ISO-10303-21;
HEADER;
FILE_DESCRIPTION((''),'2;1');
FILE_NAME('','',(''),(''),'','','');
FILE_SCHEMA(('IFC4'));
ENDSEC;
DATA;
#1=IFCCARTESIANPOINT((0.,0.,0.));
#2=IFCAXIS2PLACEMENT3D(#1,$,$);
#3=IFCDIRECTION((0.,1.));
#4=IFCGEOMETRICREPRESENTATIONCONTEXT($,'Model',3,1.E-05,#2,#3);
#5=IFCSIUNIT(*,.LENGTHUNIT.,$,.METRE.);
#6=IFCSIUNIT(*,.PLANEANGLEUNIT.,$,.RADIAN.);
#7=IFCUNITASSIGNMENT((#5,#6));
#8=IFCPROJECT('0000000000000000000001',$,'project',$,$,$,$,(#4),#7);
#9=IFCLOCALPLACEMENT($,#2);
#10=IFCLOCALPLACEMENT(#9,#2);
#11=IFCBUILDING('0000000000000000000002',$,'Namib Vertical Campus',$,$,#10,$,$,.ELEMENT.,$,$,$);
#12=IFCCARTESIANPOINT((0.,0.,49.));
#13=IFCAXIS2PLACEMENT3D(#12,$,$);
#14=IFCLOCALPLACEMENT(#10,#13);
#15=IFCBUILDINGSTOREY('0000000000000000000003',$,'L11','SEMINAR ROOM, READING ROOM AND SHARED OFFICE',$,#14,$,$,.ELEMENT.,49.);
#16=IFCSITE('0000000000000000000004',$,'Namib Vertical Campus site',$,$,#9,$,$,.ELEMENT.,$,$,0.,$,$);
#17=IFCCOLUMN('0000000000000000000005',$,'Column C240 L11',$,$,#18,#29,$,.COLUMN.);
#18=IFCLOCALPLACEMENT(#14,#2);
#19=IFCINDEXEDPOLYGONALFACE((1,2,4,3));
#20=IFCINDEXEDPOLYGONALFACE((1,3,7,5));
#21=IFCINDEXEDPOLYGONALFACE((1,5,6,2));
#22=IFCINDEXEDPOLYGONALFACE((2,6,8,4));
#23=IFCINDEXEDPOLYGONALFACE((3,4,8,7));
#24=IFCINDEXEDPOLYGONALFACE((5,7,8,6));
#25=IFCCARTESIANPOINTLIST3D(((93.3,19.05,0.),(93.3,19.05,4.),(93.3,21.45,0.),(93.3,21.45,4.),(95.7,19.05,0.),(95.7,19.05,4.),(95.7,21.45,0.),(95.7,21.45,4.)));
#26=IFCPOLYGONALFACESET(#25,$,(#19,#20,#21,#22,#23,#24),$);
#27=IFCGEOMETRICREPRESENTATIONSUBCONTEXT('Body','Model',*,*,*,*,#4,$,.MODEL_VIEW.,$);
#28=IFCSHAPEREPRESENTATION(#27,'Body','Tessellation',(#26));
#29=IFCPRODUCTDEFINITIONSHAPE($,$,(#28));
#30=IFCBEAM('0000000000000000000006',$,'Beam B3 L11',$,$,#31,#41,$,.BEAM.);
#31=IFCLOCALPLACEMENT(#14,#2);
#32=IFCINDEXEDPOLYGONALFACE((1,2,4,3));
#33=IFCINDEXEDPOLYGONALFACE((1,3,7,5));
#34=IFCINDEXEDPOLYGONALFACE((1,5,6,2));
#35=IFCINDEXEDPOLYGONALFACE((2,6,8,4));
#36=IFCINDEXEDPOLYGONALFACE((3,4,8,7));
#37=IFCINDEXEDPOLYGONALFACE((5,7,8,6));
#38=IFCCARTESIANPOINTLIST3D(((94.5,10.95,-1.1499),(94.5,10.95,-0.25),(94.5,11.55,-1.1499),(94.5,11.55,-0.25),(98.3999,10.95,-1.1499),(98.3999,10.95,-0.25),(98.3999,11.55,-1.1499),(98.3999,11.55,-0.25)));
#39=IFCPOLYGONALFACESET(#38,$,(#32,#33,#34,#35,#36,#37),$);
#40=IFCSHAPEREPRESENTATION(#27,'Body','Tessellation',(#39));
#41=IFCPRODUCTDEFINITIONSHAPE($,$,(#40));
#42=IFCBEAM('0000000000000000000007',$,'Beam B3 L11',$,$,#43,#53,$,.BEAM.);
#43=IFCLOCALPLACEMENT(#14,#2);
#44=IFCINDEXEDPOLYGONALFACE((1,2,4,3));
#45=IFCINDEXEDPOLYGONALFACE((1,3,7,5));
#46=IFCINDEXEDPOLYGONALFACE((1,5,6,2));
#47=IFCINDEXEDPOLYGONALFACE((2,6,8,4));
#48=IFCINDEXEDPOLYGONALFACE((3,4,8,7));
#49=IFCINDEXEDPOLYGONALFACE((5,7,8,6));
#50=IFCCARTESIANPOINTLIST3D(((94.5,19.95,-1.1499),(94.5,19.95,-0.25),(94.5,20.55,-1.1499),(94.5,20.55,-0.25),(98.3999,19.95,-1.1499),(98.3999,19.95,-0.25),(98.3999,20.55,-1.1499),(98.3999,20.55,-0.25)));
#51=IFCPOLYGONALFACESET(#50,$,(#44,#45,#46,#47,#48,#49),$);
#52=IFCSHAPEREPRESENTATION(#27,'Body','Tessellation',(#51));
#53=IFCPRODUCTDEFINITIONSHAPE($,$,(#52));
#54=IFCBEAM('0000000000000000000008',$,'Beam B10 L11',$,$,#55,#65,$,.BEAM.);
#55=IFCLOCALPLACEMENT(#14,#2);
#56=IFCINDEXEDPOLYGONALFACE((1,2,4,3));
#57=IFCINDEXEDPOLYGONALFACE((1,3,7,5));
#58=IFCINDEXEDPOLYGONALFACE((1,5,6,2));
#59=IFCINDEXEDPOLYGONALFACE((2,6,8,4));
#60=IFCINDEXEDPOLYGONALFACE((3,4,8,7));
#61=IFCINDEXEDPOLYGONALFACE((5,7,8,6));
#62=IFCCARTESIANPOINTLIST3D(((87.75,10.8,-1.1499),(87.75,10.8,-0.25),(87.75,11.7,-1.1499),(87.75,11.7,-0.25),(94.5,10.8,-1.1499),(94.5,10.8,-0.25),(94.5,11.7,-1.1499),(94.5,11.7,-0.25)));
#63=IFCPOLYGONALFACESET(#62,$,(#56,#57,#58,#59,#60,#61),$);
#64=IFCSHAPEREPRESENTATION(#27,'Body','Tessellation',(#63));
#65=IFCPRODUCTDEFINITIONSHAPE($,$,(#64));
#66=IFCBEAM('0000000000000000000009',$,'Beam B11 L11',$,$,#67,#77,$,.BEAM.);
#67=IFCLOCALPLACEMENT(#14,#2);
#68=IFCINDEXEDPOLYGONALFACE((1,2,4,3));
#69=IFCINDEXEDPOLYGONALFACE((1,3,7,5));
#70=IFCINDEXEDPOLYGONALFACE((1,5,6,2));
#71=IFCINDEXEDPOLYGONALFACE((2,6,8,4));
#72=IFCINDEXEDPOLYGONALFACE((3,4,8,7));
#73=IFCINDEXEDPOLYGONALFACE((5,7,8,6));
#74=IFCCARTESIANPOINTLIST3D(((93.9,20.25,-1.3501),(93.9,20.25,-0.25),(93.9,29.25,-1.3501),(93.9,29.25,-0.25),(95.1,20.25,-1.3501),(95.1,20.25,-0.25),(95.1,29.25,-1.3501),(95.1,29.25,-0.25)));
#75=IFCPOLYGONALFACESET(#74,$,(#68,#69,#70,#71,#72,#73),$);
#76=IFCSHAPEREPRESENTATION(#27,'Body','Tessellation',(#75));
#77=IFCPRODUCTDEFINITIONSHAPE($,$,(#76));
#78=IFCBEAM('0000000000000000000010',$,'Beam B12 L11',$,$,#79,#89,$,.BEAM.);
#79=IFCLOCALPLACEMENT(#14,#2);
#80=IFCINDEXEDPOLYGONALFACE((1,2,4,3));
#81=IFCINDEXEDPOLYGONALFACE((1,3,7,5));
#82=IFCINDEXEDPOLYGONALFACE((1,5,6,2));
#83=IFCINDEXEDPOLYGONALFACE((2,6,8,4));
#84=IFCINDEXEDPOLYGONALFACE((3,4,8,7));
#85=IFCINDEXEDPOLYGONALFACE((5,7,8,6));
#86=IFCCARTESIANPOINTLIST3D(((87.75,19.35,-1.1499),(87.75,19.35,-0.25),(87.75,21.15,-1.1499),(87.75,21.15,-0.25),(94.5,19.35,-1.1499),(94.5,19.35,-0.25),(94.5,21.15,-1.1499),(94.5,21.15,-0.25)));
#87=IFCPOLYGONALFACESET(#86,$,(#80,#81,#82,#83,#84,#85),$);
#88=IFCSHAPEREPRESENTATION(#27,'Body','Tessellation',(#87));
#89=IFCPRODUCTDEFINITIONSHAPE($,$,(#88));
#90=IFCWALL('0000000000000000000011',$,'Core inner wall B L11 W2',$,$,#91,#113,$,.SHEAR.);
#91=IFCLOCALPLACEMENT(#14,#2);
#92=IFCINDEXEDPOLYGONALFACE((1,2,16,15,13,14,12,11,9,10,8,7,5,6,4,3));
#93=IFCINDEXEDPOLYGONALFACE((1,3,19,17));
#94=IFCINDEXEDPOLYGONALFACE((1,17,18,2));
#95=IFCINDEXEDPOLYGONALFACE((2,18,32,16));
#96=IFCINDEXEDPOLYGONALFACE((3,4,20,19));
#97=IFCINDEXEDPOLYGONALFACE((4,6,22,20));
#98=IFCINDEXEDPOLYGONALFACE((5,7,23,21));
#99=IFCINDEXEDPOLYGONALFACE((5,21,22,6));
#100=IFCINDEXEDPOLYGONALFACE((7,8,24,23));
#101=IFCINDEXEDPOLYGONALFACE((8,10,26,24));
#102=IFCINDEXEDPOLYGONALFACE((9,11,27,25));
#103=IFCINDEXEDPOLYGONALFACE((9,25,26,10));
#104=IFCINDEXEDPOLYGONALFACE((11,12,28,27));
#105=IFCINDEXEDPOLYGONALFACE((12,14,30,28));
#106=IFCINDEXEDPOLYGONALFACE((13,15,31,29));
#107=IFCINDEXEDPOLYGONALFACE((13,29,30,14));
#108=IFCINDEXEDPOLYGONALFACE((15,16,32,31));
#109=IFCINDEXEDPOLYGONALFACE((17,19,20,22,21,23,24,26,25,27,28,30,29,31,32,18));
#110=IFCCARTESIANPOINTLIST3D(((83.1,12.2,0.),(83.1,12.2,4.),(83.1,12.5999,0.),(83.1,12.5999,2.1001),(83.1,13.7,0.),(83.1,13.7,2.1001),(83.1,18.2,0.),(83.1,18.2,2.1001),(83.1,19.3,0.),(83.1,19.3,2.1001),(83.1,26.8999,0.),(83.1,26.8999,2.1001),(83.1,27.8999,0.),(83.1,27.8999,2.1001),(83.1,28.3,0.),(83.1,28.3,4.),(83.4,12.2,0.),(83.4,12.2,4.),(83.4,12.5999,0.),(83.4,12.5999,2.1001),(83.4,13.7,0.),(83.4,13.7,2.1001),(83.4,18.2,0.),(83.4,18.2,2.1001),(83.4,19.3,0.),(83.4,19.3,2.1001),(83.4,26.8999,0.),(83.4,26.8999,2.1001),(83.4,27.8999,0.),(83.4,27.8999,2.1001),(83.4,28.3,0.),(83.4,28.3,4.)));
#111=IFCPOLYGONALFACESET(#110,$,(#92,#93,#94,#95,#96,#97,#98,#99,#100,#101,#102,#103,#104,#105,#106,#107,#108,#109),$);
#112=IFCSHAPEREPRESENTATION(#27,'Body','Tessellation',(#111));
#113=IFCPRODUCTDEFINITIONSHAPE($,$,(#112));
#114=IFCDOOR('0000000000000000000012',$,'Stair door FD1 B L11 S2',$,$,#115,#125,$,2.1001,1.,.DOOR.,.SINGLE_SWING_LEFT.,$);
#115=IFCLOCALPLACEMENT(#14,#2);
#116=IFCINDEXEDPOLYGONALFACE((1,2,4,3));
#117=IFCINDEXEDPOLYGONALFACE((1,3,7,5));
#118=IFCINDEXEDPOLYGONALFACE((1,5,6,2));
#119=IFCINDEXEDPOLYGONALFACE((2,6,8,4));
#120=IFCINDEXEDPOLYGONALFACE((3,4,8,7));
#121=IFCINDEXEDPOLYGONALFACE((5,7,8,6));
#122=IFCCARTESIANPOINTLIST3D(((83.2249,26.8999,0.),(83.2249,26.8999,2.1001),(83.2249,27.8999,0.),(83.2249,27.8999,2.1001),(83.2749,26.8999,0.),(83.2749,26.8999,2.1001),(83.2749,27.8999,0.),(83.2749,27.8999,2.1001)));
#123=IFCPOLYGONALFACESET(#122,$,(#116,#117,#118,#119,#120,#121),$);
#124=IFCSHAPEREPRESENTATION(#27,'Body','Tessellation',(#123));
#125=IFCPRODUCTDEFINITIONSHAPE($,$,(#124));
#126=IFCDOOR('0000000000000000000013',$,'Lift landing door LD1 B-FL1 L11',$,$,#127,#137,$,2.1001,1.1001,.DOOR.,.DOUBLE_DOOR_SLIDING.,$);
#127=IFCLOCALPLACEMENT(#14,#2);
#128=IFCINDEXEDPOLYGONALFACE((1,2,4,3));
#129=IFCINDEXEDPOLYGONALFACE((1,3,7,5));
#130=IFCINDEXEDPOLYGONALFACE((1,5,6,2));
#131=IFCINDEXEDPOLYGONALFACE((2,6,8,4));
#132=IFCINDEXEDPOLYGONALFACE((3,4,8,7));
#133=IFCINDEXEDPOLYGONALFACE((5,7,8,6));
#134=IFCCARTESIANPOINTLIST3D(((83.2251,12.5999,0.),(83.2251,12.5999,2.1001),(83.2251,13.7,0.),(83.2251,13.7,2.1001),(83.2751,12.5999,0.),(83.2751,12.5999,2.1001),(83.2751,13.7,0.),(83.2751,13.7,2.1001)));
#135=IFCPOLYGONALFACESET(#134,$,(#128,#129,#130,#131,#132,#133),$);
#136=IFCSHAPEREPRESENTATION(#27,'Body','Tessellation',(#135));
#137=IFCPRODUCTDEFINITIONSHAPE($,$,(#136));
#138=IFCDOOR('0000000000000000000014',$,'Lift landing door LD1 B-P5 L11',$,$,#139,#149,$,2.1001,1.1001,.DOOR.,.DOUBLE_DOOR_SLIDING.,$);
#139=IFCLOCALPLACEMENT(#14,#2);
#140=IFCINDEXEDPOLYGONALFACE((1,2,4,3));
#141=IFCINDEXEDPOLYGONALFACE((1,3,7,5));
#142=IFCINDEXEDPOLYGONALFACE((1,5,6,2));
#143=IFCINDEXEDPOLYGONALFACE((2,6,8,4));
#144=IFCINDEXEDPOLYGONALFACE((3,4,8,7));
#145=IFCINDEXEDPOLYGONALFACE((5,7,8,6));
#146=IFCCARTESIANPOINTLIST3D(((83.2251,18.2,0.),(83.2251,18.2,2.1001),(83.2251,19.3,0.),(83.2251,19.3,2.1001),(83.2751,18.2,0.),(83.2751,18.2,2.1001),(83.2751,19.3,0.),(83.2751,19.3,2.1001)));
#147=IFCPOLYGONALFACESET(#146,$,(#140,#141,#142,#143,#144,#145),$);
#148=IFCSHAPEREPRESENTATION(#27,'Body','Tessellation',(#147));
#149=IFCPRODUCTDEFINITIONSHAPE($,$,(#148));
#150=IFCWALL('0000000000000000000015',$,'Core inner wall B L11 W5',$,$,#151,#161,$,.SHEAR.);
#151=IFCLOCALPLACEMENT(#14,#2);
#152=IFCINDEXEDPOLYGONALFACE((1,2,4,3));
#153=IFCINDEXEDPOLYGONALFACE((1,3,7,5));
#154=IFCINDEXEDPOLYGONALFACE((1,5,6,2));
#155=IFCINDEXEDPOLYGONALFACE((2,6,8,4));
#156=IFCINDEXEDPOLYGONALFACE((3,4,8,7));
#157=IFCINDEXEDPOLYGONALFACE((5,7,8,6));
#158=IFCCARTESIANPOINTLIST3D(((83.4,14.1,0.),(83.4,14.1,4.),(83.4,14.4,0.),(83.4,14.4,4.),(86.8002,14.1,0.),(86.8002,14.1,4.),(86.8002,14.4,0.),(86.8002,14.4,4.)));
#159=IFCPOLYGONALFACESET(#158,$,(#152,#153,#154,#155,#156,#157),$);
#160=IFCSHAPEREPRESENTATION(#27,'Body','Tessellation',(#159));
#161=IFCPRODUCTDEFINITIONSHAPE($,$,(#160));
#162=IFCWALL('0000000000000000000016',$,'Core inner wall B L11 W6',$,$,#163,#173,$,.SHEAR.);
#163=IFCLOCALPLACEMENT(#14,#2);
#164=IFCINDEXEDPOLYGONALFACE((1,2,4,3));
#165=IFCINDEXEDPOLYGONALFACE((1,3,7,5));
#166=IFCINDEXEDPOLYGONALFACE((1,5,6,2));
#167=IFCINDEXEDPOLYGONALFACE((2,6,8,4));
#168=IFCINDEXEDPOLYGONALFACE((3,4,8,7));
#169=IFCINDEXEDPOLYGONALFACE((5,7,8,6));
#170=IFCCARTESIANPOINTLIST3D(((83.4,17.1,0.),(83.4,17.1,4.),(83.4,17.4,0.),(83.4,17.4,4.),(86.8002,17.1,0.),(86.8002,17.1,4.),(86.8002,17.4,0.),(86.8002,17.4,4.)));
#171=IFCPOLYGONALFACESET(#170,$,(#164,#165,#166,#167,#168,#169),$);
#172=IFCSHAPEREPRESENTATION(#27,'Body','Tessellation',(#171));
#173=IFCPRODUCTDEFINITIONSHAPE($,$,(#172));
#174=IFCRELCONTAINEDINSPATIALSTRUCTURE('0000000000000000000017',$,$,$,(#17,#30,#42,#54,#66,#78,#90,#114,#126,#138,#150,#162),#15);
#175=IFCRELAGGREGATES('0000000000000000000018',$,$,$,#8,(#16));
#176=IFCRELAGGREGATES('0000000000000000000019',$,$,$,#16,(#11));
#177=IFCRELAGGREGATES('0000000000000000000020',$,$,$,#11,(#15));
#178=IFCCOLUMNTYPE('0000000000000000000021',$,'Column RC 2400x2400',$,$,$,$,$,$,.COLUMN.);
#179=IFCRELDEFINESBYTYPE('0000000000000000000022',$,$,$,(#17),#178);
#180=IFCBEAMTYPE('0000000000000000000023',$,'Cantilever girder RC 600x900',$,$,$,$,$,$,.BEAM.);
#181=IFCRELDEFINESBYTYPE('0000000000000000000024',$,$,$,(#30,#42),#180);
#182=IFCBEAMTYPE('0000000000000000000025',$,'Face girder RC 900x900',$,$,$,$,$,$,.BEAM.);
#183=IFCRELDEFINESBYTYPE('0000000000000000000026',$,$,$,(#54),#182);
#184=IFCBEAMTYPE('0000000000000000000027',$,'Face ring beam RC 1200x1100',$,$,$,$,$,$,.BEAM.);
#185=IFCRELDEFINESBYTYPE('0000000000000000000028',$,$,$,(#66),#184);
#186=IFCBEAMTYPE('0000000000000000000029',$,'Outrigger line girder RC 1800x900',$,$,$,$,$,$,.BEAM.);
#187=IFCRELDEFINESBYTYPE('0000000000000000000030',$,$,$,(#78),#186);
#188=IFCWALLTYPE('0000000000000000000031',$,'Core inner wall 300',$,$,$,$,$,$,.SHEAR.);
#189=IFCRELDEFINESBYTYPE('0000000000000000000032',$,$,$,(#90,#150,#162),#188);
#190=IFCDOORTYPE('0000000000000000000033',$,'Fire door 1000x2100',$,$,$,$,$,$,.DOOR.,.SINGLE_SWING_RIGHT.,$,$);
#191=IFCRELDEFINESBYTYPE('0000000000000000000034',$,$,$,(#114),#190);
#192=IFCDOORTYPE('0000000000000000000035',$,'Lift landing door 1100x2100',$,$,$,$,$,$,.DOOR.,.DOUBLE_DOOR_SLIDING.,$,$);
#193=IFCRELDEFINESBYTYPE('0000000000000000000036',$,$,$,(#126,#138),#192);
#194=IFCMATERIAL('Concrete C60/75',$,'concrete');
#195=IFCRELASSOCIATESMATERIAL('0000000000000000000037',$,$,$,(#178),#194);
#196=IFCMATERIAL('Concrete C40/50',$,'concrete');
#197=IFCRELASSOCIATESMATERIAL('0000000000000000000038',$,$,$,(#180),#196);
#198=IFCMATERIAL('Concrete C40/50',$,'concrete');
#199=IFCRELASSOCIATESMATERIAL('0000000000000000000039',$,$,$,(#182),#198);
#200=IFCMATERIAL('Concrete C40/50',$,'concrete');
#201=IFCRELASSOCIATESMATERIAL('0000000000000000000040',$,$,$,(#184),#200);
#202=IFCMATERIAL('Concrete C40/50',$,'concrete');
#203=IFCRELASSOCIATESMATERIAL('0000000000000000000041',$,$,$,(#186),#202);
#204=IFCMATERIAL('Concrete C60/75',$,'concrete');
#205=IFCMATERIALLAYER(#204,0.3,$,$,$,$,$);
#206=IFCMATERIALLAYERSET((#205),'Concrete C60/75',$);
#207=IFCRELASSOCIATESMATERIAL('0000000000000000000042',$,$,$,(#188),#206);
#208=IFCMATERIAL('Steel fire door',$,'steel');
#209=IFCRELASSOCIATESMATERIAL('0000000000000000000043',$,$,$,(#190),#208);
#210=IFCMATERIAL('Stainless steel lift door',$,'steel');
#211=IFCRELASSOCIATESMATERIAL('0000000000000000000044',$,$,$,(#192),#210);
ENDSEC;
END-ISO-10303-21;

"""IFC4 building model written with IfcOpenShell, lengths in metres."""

from ifc_helpers import new_model, si_unit, direction, frame, frame_2d, origin, origin_2d, place, context, subcontext, project, spatial, rectangle, extrude, material, layer, layer_set, material_profile, profile_set, type_object, element, fill, save


model = new_model("IFC4")

# Units and contexts
model_context = context("Model", 3, precision=1e-05, world=origin(), true_north=direction((0.0, 1.0)))
body_context = subcontext(model_context, "Body", "Model", "MODEL_VIEW")
ifc_project = project(units=[si_unit("LENGTHUNIT", "METRE"), si_unit("PLANEANGLEUNIT", "RADIAN")], contexts=[model_context])

# Site, building, storey
site_placement = place(None, origin())
site = spatial("IfcSite", under=ifc_project, at=site_placement, Name="Namib Vertical Campus site", CompositionType="ELEMENT", RefElevation=0.0)
building_placement = place(site_placement, origin())
building = spatial("IfcBuilding", under=site, at=building_placement, Name="Namib Vertical Campus", CompositionType="ELEMENT")
storey_placement = place(building_placement, frame((0.0, 0.0, 49.0)))
storey = spatial("IfcBuildingStorey", under=building, at=storey_placement, Name="L11", Description="SEMINAR ROOM, READING ROOM AND SHARED OFFICE", CompositionType="ELEMENT", Elevation=49.0)

# Column
ifc_material_1 = material(Name="Concrete C60/75", Category="concrete")
ifc_material_profile_1 = material_profile(ifc_material_1, rectangle(XDim=2.3999, YDim=2.3999, at=origin_2d()))
ifc_profile_set_1 = profile_set([ifc_material_profile_1], Name="Concrete C60/75")
column_type = type_object("IfcColumnType", Name="Column RC 2400x2400", PredefinedType="COLUMN", material=ifc_profile_set_1)
column_placement = place(storey_placement, frame((94.5, 20.25, 0.0), z_axis=(0.0, 0.0, 1.0), x_axis=(1.0, 0.0, 0.0)))
element("IfcColumn", 1, at=column_placement, inside=storey, type_object=column_type, Name="Column C240 L11", PredefinedType="COLUMN", context=body_context, shape_type="SweptSolid", body=[
    extrude(rectangle(XDim=2.3999, YDim=2.3999, at=origin_2d()), origin(), (0.0, 0.0, 1.0), 4.0),
])

# Beams
ifc_material_2 = material(Name="Concrete C40/50", Category="concrete")
ifc_material_profile_2 = material_profile(ifc_material_2, rectangle(XDim=0.6001, YDim=0.8999, at=origin_2d()))
ifc_profile_set_2 = profile_set([ifc_material_profile_2], Name="Concrete C40/50")
beam_type_1 = type_object("IfcBeamType", Name="Cantilever girder RC 600x900", PredefinedType="BEAM", material=ifc_profile_set_2)
for number, where, z_axis, x_axis, name in (
    (2, (94.5, 11.25, -0.7), (1.0, 0.0, 0.0), (0.0, 1.0, 0.0), "Beam B3 L11"),
    (3, (94.5, 20.25, -0.7), (1.0, 0.0, 0.0), (0.0, 1.0, 0.0), "Beam B3 L11"),
):
    element("IfcBeam", number, at=place(storey_placement, frame(where, z_axis=z_axis, x_axis=x_axis)), inside=storey, type_object=beam_type_1, Name=name, PredefinedType="BEAM", context=body_context, shape_type="SweptSolid", body=[
        extrude(rectangle(XDim=0.6001, YDim=0.8999, at=origin_2d()), origin(), (0.0, 0.0, 1.0), 3.8999),
    ])
ifc_material_3 = material(Name="Concrete C40/50", Category="concrete")
ifc_material_profile_3 = material_profile(ifc_material_3, rectangle(XDim=0.8999, YDim=0.8999, at=origin_2d()))
ifc_profile_set_3 = profile_set([ifc_material_profile_3], Name="Concrete C40/50")
beam_type_2 = type_object("IfcBeamType", Name="Face girder RC 900x900", PredefinedType="BEAM", material=ifc_profile_set_3)
beam_1_placement = place(storey_placement, frame((94.5, 11.25, -0.7), z_axis=(-1.0, 0.0, 0.0), x_axis=(0.0, -1.0, 0.0)))
element("IfcBeam", 4, at=beam_1_placement, inside=storey, type_object=beam_type_2, Name="Beam B10 L11", PredefinedType="BEAM", context=body_context, shape_type="SweptSolid", body=[
    extrude(rectangle(XDim=0.8999, YDim=0.8999, at=origin_2d()), origin(), (0.0, 0.0, 1.0), 6.75),
])
ifc_material_4 = material(Name="Concrete C40/50", Category="concrete")
ifc_material_profile_4 = material_profile(ifc_material_4, rectangle(XDim=1.2, YDim=1.1001, at=origin_2d()))
ifc_profile_set_4 = profile_set([ifc_material_profile_4], Name="Concrete C40/50")
beam_type_3 = type_object("IfcBeamType", Name="Face ring beam RC 1200x1100", PredefinedType="BEAM", material=ifc_profile_set_4)
beam_2_placement = place(storey_placement, frame((94.5, 20.25, -0.8), z_axis=(0.0, 1.0, 0.0), x_axis=(-1.0, 0.0, 0.0)))
element("IfcBeam", 5, at=beam_2_placement, inside=storey, type_object=beam_type_3, Name="Beam B11 L11", PredefinedType="BEAM", context=body_context, shape_type="SweptSolid", body=[
    extrude(rectangle(XDim=1.2, YDim=1.1001, at=origin_2d()), origin(), (0.0, 0.0, 1.0), 9.0),
])
ifc_material_5 = material(Name="Concrete C40/50", Category="concrete")
ifc_material_profile_5 = material_profile(ifc_material_5, rectangle(XDim=1.8, YDim=0.8999, at=origin_2d()))
ifc_profile_set_5 = profile_set([ifc_material_profile_5], Name="Concrete C40/50")
beam_type_4 = type_object("IfcBeamType", Name="Outrigger line girder RC 1800x900", PredefinedType="BEAM", material=ifc_profile_set_5)
beam_3_placement = place(storey_placement, frame((94.5, 20.25, -0.7), z_axis=(-1.0, 0.0, 0.0), x_axis=(0.0, -1.0, 0.0)))
element("IfcBeam", 6, at=beam_3_placement, inside=storey, type_object=beam_type_4, Name="Beam B12 L11", PredefinedType="BEAM", context=body_context, shape_type="SweptSolid", body=[
    extrude(rectangle(XDim=1.8, YDim=0.8999, at=origin_2d()), origin(), (0.0, 0.0, 1.0), 6.75),
])

# Wall, openings, doors
ifc_material_6 = material(Name="Concrete C60/75", Category="concrete")
ifc_layer_1 = layer(ifc_material_6, 0.3)
ifc_layer_set_1 = layer_set([ifc_layer_1], Name="Concrete C60/75")
wall_type_1 = type_object("IfcWallType", Name="Core inner wall 300", PredefinedType="SHEAR", material=ifc_layer_set_1)
wall_1_placement = place(storey_placement, frame((83.25, 12.2, 0.0), z_axis=(0.0, 0.0, 1.0), x_axis=(0.0, 1.0, 0.0)))
wall_1 = element("IfcWall", 7, at=wall_1_placement, inside=storey, type_object=wall_type_1, Name="Core inner wall B L11 W2", PredefinedType="SHEAR", context=body_context, shape_type="SweptSolid", body=[
    extrude(rectangle(XDim=16.1001, YDim=0.3, at=frame_2d((8.05, 0.0))), origin(), (0.0, 0.0, 1.0), 4.0),
])
opening_1_placement = place(wall_1_placement, frame((14.7, 0.0, 0.0)))
opening_1 = element("IfcOpeningElement", 8, at=opening_1_placement, cuts=wall_1, PredefinedType="OPENING", context=body_context, shape_type="SweptSolid", body=[
    extrude(rectangle(XDim=1.0, YDim=2.1001, at=frame_2d((0.5, 1.05))), frame((0.0, 0.1599, 0.0), z_axis=(0.0, -1.0, 0.0), x_axis=(1.0, 0.0, 0.0)), (0.0, 0.0, 1.0), 0.3201),
])
opening_2_placement = place(wall_1_placement, frame((0.3999, 0.0, 0.0)))
opening_2 = element("IfcOpeningElement", 9, at=opening_2_placement, cuts=wall_1, PredefinedType="OPENING", context=body_context, shape_type="SweptSolid", body=[
    extrude(rectangle(XDim=1.1001, YDim=2.1001, at=frame_2d((0.55, 1.05))), frame((0.0, 0.1599, 0.0), z_axis=(0.0, -1.0, 0.0), x_axis=(1.0, 0.0, 0.0)), (0.0, 0.0, 1.0), 0.3201),
])
opening_3_placement = place(wall_1_placement, frame((6.0, 0.0, 0.0)))
opening_3 = element("IfcOpeningElement", 10, at=opening_3_placement, cuts=wall_1, PredefinedType="OPENING", context=body_context, shape_type="SweptSolid", body=[
    extrude(rectangle(XDim=1.1001, YDim=2.1001, at=frame_2d((0.55, 1.05))), frame((0.0, 0.1599, 0.0), z_axis=(0.0, -1.0, 0.0), x_axis=(1.0, 0.0, 0.0)), (0.0, 0.0, 1.0), 0.3201),
])
ifc_material_7 = material(Name="Steel fire door", Category="steel")
door_type_1 = type_object("IfcDoorType", Name="Fire door 1000x2100", OperationType="SINGLE_SWING_RIGHT", PredefinedType="DOOR", material=ifc_material_7)
door_1_placement = place(opening_1_placement, frame((1.0, 0.0, 0.0), z_axis=(0.0, 0.0, 1.0), x_axis=(-1.0, 0.0, 0.0)))
door_1 = element("IfcDoor", 11, at=door_1_placement, inside=storey, type_object=door_type_1, Name="Stair door FD1 B L11 S2", OperationType="SINGLE_SWING_LEFT", OverallHeight=2.1001, OverallWidth=1.0, PredefinedType="DOOR", context=body_context, shape_type="SweptSolid", body=[
    extrude(rectangle(XDim=1.0, YDim=2.1001, at=frame_2d((0.5, 1.05))), frame((0.0, 0.0249, 0.0), z_axis=(0.0, -1.0, 0.0), x_axis=(1.0, 0.0, 0.0)), (0.0, 0.0, 1.0), 0.05),
])
fill(opening_1, door_1)
ifc_material_8 = material(Name="Stainless steel lift door", Category="steel")
door_type_2 = type_object("IfcDoorType", Name="Lift landing door 1100x2100", OperationType="DOUBLE_DOOR_SLIDING", PredefinedType="DOOR", material=ifc_material_8)
door_2_placement = place(opening_2_placement, origin())
door_2 = element("IfcDoor", 12, at=door_2_placement, inside=storey, type_object=door_type_2, Name="Lift landing door LD1 B-FL1 L11", OperationType="DOUBLE_DOOR_SLIDING", OverallHeight=2.1001, OverallWidth=1.1001, PredefinedType="DOOR", context=body_context, shape_type="SweptSolid", body=[
    extrude(rectangle(XDim=1.1001, YDim=2.1001, at=frame_2d((0.55, 1.05))), frame((0.0, 0.0249, 0.0), z_axis=(0.0, -1.0, 0.0), x_axis=(1.0, 0.0, 0.0)), (0.0, 0.0, 1.0), 0.05),
])
fill(opening_2, door_2)
door_3_placement = place(opening_3_placement, origin())
door_3 = element("IfcDoor", 13, at=door_3_placement, inside=storey, type_object=door_type_2, Name="Lift landing door LD1 B-P5 L11", OperationType="DOUBLE_DOOR_SLIDING", OverallHeight=2.1001, OverallWidth=1.1001, PredefinedType="DOOR", context=body_context, shape_type="SweptSolid", body=[
    extrude(rectangle(XDim=1.1001, YDim=2.1001, at=frame_2d((0.55, 1.05))), frame((0.0, 0.0249, 0.0), z_axis=(0.0, -1.0, 0.0), x_axis=(1.0, 0.0, 0.0)), (0.0, 0.0, 1.0), 0.05),
])
fill(opening_3, door_3)

# Walls
for number, where, z_axis, x_axis, name in (
    (14, (83.3999, 14.25, 0.0), (0.0, 0.0, 1.0), (1.0, 0.0, 0.0), "Core inner wall B L11 W5"),
    (15, (83.3999, 17.25, 0.0), (0.0, 0.0, 1.0), (1.0, 0.0, 0.0), "Core inner wall B L11 W6"),
):
    element("IfcWall", number, at=place(storey_placement, frame(where, z_axis=z_axis, x_axis=x_axis)), inside=storey, type_object=wall_type_1, Name=name, PredefinedType="SHEAR", context=body_context, shape_type="SweptSolid", body=[
        extrude(rectangle(XDim=3.4001, YDim=0.3, at=frame_2d((1.7002, 0.0))), origin(), (0.0, 0.0, 1.0), 4.0),
    ])

save(model, "model.ifc")
